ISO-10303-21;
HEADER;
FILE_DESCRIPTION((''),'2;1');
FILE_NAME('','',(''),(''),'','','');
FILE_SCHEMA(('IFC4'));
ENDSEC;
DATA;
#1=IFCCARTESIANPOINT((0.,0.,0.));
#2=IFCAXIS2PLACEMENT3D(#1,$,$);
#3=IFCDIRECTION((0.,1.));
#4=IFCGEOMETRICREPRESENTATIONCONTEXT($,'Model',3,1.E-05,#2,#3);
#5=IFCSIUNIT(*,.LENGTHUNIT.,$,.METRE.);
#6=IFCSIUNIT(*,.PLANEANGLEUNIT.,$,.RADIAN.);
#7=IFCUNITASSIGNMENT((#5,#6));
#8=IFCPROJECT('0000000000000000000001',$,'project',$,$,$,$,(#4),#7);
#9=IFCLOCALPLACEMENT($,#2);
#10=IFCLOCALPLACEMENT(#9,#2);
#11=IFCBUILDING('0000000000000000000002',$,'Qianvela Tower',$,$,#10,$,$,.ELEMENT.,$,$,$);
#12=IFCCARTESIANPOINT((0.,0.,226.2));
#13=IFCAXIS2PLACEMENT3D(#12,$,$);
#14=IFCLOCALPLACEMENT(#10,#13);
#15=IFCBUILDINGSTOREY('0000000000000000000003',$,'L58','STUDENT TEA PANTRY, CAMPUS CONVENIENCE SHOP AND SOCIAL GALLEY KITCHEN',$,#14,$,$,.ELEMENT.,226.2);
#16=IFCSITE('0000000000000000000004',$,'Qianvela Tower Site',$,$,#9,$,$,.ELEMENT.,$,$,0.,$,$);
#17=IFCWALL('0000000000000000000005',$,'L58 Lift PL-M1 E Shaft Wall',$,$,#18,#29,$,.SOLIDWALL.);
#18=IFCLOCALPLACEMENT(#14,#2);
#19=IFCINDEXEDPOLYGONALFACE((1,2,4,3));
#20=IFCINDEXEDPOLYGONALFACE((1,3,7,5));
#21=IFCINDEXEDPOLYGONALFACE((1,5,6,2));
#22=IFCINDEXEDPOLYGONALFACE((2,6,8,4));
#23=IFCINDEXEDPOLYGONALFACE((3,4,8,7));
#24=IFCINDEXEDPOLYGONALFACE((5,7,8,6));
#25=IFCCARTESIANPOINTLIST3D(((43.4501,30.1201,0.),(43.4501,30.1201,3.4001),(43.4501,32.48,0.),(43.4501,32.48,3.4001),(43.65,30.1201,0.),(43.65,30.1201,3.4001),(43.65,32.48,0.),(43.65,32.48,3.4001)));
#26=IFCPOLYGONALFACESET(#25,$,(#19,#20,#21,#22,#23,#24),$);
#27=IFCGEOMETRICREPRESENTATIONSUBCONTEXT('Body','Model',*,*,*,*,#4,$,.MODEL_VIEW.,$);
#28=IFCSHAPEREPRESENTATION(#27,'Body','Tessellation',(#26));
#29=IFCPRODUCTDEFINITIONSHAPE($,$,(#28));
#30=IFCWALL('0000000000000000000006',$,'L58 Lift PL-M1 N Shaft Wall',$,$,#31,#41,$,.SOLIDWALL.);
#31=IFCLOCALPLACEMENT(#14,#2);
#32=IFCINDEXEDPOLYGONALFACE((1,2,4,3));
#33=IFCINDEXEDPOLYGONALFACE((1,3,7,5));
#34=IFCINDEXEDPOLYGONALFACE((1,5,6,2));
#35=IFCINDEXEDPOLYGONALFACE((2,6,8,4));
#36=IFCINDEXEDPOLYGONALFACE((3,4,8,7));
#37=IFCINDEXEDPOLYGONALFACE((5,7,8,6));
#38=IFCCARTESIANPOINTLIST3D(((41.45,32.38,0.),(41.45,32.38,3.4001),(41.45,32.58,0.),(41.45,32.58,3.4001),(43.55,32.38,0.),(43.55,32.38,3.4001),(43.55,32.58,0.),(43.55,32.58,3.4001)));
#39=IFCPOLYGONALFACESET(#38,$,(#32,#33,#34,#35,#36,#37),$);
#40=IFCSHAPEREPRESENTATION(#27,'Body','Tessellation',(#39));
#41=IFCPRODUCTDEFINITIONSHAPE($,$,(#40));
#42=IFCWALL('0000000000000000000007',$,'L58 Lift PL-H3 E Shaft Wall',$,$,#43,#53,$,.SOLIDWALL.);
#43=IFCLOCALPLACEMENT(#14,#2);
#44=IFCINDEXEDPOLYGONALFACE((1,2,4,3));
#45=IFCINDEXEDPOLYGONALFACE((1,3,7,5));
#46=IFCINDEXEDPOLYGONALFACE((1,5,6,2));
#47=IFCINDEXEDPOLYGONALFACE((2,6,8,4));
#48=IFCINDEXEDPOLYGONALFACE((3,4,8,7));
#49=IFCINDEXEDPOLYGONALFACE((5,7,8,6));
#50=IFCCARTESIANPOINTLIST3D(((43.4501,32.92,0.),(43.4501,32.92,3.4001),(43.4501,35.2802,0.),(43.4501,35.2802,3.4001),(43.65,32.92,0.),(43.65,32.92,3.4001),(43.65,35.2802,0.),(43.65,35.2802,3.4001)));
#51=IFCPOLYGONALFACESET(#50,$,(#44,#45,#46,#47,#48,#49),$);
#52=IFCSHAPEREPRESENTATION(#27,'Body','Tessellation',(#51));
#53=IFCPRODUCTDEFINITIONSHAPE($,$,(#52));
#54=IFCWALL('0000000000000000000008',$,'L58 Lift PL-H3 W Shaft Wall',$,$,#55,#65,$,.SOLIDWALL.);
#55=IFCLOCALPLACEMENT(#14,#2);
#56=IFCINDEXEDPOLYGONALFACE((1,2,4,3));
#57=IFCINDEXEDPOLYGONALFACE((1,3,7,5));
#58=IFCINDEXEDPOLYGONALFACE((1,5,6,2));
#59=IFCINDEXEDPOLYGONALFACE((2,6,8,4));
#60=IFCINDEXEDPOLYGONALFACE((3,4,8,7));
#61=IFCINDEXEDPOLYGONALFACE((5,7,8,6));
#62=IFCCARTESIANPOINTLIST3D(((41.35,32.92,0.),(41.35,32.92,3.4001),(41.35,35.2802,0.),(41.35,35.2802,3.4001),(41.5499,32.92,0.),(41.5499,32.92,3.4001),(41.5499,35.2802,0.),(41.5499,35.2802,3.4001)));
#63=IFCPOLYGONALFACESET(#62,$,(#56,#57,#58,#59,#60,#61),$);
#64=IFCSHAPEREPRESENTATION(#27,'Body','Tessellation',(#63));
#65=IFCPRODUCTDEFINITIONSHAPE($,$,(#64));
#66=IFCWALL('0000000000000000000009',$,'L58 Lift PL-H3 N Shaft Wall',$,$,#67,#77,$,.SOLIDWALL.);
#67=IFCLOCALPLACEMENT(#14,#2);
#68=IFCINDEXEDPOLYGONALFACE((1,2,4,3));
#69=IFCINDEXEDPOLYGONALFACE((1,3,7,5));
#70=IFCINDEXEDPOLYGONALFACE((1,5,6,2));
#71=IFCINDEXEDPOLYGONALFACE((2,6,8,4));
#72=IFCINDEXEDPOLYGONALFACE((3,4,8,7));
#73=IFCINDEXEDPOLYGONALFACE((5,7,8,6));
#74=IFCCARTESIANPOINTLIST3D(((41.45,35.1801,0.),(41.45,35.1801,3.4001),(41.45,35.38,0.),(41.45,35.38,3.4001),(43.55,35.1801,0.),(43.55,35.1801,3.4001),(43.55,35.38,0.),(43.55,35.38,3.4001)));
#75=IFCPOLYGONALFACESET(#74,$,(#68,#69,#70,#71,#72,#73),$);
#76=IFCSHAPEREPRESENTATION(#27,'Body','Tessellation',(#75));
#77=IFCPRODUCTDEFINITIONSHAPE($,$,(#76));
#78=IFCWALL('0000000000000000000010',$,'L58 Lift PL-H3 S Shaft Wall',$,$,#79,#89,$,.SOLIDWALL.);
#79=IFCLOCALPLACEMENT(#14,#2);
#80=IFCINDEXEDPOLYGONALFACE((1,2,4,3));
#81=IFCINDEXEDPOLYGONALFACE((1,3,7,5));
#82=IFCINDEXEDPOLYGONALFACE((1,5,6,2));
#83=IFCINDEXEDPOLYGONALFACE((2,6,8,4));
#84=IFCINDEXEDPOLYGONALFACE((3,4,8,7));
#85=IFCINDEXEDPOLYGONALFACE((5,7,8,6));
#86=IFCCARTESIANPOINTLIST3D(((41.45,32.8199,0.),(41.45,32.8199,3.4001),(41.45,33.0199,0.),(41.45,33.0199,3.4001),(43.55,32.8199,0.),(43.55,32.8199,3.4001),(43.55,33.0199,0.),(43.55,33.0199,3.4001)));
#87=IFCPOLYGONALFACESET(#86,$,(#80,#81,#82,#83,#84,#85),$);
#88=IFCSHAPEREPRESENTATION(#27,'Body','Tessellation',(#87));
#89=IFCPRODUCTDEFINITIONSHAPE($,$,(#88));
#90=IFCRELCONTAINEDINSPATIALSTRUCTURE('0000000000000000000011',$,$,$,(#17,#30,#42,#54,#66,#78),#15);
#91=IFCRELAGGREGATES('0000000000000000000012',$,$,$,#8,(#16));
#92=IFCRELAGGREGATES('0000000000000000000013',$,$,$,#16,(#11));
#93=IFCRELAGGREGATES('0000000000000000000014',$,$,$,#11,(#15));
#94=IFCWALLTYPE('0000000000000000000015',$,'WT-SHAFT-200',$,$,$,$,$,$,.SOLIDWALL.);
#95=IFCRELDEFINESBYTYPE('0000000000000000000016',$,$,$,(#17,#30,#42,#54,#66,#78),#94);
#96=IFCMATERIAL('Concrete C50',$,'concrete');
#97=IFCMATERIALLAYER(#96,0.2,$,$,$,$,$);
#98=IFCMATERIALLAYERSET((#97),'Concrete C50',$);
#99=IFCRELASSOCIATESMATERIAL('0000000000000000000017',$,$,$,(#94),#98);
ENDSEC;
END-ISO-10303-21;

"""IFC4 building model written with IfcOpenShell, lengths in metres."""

from ifc_helpers import new_model, si_unit, direction, frame, frame_2d, origin, place, context, subcontext, project, spatial, rectangle, extrude, material, layer, layer_set, type_object, element, save


model = new_model("IFC4")

# Units and contexts
model_context = context("Model", 3, precision=1e-05, world=origin(), true_north=direction((0.0, 1.0)))
body_context = subcontext(model_context, "Body", "Model", "MODEL_VIEW")
ifc_project = project(units=[si_unit("LENGTHUNIT", "METRE"), si_unit("PLANEANGLEUNIT", "RADIAN")], contexts=[model_context])

# Site, building, storey
site_placement = place(None, origin())
site = spatial("IfcSite", under=ifc_project, at=site_placement, Name="Qianvela Tower Site", CompositionType="ELEMENT", RefElevation=0.0)
building_placement = place(site_placement, origin())
building = spatial("IfcBuilding", under=site, at=building_placement, Name="Qianvela Tower", CompositionType="ELEMENT")
storey_placement = place(building_placement, frame((0.0, 0.0, 226.2)))
storey = spatial("IfcBuildingStorey", under=building, at=storey_placement, Name="L58", Description="STUDENT TEA PANTRY, CAMPUS CONVENIENCE SHOP AND SOCIAL GALLEY KITCHEN", CompositionType="ELEMENT", Elevation=226.2)

# Walls
ifc_material_1 = material(Name="Concrete C50", Category="concrete")
ifc_layer_1 = layer(ifc_material_1, 0.2)
ifc_layer_set_1 = layer_set([ifc_layer_1], Name="Concrete C50")
wall_type_1 = type_object("IfcWallType", Name="WT-SHAFT-200", PredefinedType="SOLIDWALL", material=ifc_layer_set_1)
wall_1_placement = place(storey_placement, frame((43.55, 30.1201, 0.0), z_axis=(0.0, 0.0, 1.0), x_axis=(0.0, 1.0, 0.0)))
element("IfcWall", 1, at=wall_1_placement, inside=storey, type_object=wall_type_1, Name="L58 Lift PL-M1 E Shaft Wall", PredefinedType="SOLIDWALL", context=body_context, shape_type="SweptSolid", body=[
    extrude(rectangle(XDim=2.3599, YDim=0.2, at=frame_2d((1.1799, 0.0))), origin(), (0.0, 0.0, 1.0), 3.4001),
])
wall_2_placement = place(storey_placement, frame((41.45, 32.48, 0.0), z_axis=(0.0, 0.0, 1.0), x_axis=(1.0, 0.0, 0.0)))
element("IfcWall", 2, at=wall_2_placement, inside=storey, type_object=wall_type_1, Name="L58 Lift PL-M1 N Shaft Wall", PredefinedType="SOLIDWALL", context=body_context, shape_type="SweptSolid", body=[
    extrude(rectangle(XDim=2.1001, YDim=0.2, at=frame_2d((1.05, 0.0))), origin(), (0.0, 0.0, 1.0), 3.4001),
])
for number, where, z_axis, x_axis, name in (
    (3, (43.55, 32.9199, 0.0), (0.0, 0.0, 1.0), (0.0, 1.0, 0.0), "L58 Lift PL-H3 E Shaft Wall"),
    (4, (41.45, 32.9199, 0.0), (0.0, 0.0, 1.0), (0.0, 1.0, 0.0), "L58 Lift PL-H3 W Shaft Wall"),
):
    element("IfcWall", number, at=place(storey_placement, frame(where, z_axis=z_axis, x_axis=x_axis)), inside=storey, type_object=wall_type_1, Name=name, PredefinedType="SOLIDWALL", context=body_context, shape_type="SweptSolid", body=[
        extrude(rectangle(XDim=2.3601, YDim=0.2, at=frame_2d((1.1802, 0.0))), origin(), (0.0, 0.0, 1.0), 3.4001),
    ])
for number, where, z_axis, x_axis, name in (
    (5, (41.45, 35.28, 0.0), (0.0, 0.0, 1.0), (1.0, 0.0, 0.0), "L58 Lift PL-H3 N Shaft Wall"),
    (6, (41.45, 32.9199, 0.0), (0.0, 0.0, 1.0), (1.0, 0.0, 0.0), "L58 Lift PL-H3 S Shaft Wall"),
):
    element("IfcWall", number, at=place(storey_placement, frame(where, z_axis=z_axis, x_axis=x_axis)), inside=storey, type_object=wall_type_1, Name=name, PredefinedType="SOLIDWALL", context=body_context, shape_type="SweptSolid", body=[
        extrude(rectangle(XDim=2.1001, YDim=0.2, at=frame_2d((1.05, 0.0))), origin(), (0.0, 0.0, 1.0), 3.4001),
    ])

save(model, "model.ifc")
